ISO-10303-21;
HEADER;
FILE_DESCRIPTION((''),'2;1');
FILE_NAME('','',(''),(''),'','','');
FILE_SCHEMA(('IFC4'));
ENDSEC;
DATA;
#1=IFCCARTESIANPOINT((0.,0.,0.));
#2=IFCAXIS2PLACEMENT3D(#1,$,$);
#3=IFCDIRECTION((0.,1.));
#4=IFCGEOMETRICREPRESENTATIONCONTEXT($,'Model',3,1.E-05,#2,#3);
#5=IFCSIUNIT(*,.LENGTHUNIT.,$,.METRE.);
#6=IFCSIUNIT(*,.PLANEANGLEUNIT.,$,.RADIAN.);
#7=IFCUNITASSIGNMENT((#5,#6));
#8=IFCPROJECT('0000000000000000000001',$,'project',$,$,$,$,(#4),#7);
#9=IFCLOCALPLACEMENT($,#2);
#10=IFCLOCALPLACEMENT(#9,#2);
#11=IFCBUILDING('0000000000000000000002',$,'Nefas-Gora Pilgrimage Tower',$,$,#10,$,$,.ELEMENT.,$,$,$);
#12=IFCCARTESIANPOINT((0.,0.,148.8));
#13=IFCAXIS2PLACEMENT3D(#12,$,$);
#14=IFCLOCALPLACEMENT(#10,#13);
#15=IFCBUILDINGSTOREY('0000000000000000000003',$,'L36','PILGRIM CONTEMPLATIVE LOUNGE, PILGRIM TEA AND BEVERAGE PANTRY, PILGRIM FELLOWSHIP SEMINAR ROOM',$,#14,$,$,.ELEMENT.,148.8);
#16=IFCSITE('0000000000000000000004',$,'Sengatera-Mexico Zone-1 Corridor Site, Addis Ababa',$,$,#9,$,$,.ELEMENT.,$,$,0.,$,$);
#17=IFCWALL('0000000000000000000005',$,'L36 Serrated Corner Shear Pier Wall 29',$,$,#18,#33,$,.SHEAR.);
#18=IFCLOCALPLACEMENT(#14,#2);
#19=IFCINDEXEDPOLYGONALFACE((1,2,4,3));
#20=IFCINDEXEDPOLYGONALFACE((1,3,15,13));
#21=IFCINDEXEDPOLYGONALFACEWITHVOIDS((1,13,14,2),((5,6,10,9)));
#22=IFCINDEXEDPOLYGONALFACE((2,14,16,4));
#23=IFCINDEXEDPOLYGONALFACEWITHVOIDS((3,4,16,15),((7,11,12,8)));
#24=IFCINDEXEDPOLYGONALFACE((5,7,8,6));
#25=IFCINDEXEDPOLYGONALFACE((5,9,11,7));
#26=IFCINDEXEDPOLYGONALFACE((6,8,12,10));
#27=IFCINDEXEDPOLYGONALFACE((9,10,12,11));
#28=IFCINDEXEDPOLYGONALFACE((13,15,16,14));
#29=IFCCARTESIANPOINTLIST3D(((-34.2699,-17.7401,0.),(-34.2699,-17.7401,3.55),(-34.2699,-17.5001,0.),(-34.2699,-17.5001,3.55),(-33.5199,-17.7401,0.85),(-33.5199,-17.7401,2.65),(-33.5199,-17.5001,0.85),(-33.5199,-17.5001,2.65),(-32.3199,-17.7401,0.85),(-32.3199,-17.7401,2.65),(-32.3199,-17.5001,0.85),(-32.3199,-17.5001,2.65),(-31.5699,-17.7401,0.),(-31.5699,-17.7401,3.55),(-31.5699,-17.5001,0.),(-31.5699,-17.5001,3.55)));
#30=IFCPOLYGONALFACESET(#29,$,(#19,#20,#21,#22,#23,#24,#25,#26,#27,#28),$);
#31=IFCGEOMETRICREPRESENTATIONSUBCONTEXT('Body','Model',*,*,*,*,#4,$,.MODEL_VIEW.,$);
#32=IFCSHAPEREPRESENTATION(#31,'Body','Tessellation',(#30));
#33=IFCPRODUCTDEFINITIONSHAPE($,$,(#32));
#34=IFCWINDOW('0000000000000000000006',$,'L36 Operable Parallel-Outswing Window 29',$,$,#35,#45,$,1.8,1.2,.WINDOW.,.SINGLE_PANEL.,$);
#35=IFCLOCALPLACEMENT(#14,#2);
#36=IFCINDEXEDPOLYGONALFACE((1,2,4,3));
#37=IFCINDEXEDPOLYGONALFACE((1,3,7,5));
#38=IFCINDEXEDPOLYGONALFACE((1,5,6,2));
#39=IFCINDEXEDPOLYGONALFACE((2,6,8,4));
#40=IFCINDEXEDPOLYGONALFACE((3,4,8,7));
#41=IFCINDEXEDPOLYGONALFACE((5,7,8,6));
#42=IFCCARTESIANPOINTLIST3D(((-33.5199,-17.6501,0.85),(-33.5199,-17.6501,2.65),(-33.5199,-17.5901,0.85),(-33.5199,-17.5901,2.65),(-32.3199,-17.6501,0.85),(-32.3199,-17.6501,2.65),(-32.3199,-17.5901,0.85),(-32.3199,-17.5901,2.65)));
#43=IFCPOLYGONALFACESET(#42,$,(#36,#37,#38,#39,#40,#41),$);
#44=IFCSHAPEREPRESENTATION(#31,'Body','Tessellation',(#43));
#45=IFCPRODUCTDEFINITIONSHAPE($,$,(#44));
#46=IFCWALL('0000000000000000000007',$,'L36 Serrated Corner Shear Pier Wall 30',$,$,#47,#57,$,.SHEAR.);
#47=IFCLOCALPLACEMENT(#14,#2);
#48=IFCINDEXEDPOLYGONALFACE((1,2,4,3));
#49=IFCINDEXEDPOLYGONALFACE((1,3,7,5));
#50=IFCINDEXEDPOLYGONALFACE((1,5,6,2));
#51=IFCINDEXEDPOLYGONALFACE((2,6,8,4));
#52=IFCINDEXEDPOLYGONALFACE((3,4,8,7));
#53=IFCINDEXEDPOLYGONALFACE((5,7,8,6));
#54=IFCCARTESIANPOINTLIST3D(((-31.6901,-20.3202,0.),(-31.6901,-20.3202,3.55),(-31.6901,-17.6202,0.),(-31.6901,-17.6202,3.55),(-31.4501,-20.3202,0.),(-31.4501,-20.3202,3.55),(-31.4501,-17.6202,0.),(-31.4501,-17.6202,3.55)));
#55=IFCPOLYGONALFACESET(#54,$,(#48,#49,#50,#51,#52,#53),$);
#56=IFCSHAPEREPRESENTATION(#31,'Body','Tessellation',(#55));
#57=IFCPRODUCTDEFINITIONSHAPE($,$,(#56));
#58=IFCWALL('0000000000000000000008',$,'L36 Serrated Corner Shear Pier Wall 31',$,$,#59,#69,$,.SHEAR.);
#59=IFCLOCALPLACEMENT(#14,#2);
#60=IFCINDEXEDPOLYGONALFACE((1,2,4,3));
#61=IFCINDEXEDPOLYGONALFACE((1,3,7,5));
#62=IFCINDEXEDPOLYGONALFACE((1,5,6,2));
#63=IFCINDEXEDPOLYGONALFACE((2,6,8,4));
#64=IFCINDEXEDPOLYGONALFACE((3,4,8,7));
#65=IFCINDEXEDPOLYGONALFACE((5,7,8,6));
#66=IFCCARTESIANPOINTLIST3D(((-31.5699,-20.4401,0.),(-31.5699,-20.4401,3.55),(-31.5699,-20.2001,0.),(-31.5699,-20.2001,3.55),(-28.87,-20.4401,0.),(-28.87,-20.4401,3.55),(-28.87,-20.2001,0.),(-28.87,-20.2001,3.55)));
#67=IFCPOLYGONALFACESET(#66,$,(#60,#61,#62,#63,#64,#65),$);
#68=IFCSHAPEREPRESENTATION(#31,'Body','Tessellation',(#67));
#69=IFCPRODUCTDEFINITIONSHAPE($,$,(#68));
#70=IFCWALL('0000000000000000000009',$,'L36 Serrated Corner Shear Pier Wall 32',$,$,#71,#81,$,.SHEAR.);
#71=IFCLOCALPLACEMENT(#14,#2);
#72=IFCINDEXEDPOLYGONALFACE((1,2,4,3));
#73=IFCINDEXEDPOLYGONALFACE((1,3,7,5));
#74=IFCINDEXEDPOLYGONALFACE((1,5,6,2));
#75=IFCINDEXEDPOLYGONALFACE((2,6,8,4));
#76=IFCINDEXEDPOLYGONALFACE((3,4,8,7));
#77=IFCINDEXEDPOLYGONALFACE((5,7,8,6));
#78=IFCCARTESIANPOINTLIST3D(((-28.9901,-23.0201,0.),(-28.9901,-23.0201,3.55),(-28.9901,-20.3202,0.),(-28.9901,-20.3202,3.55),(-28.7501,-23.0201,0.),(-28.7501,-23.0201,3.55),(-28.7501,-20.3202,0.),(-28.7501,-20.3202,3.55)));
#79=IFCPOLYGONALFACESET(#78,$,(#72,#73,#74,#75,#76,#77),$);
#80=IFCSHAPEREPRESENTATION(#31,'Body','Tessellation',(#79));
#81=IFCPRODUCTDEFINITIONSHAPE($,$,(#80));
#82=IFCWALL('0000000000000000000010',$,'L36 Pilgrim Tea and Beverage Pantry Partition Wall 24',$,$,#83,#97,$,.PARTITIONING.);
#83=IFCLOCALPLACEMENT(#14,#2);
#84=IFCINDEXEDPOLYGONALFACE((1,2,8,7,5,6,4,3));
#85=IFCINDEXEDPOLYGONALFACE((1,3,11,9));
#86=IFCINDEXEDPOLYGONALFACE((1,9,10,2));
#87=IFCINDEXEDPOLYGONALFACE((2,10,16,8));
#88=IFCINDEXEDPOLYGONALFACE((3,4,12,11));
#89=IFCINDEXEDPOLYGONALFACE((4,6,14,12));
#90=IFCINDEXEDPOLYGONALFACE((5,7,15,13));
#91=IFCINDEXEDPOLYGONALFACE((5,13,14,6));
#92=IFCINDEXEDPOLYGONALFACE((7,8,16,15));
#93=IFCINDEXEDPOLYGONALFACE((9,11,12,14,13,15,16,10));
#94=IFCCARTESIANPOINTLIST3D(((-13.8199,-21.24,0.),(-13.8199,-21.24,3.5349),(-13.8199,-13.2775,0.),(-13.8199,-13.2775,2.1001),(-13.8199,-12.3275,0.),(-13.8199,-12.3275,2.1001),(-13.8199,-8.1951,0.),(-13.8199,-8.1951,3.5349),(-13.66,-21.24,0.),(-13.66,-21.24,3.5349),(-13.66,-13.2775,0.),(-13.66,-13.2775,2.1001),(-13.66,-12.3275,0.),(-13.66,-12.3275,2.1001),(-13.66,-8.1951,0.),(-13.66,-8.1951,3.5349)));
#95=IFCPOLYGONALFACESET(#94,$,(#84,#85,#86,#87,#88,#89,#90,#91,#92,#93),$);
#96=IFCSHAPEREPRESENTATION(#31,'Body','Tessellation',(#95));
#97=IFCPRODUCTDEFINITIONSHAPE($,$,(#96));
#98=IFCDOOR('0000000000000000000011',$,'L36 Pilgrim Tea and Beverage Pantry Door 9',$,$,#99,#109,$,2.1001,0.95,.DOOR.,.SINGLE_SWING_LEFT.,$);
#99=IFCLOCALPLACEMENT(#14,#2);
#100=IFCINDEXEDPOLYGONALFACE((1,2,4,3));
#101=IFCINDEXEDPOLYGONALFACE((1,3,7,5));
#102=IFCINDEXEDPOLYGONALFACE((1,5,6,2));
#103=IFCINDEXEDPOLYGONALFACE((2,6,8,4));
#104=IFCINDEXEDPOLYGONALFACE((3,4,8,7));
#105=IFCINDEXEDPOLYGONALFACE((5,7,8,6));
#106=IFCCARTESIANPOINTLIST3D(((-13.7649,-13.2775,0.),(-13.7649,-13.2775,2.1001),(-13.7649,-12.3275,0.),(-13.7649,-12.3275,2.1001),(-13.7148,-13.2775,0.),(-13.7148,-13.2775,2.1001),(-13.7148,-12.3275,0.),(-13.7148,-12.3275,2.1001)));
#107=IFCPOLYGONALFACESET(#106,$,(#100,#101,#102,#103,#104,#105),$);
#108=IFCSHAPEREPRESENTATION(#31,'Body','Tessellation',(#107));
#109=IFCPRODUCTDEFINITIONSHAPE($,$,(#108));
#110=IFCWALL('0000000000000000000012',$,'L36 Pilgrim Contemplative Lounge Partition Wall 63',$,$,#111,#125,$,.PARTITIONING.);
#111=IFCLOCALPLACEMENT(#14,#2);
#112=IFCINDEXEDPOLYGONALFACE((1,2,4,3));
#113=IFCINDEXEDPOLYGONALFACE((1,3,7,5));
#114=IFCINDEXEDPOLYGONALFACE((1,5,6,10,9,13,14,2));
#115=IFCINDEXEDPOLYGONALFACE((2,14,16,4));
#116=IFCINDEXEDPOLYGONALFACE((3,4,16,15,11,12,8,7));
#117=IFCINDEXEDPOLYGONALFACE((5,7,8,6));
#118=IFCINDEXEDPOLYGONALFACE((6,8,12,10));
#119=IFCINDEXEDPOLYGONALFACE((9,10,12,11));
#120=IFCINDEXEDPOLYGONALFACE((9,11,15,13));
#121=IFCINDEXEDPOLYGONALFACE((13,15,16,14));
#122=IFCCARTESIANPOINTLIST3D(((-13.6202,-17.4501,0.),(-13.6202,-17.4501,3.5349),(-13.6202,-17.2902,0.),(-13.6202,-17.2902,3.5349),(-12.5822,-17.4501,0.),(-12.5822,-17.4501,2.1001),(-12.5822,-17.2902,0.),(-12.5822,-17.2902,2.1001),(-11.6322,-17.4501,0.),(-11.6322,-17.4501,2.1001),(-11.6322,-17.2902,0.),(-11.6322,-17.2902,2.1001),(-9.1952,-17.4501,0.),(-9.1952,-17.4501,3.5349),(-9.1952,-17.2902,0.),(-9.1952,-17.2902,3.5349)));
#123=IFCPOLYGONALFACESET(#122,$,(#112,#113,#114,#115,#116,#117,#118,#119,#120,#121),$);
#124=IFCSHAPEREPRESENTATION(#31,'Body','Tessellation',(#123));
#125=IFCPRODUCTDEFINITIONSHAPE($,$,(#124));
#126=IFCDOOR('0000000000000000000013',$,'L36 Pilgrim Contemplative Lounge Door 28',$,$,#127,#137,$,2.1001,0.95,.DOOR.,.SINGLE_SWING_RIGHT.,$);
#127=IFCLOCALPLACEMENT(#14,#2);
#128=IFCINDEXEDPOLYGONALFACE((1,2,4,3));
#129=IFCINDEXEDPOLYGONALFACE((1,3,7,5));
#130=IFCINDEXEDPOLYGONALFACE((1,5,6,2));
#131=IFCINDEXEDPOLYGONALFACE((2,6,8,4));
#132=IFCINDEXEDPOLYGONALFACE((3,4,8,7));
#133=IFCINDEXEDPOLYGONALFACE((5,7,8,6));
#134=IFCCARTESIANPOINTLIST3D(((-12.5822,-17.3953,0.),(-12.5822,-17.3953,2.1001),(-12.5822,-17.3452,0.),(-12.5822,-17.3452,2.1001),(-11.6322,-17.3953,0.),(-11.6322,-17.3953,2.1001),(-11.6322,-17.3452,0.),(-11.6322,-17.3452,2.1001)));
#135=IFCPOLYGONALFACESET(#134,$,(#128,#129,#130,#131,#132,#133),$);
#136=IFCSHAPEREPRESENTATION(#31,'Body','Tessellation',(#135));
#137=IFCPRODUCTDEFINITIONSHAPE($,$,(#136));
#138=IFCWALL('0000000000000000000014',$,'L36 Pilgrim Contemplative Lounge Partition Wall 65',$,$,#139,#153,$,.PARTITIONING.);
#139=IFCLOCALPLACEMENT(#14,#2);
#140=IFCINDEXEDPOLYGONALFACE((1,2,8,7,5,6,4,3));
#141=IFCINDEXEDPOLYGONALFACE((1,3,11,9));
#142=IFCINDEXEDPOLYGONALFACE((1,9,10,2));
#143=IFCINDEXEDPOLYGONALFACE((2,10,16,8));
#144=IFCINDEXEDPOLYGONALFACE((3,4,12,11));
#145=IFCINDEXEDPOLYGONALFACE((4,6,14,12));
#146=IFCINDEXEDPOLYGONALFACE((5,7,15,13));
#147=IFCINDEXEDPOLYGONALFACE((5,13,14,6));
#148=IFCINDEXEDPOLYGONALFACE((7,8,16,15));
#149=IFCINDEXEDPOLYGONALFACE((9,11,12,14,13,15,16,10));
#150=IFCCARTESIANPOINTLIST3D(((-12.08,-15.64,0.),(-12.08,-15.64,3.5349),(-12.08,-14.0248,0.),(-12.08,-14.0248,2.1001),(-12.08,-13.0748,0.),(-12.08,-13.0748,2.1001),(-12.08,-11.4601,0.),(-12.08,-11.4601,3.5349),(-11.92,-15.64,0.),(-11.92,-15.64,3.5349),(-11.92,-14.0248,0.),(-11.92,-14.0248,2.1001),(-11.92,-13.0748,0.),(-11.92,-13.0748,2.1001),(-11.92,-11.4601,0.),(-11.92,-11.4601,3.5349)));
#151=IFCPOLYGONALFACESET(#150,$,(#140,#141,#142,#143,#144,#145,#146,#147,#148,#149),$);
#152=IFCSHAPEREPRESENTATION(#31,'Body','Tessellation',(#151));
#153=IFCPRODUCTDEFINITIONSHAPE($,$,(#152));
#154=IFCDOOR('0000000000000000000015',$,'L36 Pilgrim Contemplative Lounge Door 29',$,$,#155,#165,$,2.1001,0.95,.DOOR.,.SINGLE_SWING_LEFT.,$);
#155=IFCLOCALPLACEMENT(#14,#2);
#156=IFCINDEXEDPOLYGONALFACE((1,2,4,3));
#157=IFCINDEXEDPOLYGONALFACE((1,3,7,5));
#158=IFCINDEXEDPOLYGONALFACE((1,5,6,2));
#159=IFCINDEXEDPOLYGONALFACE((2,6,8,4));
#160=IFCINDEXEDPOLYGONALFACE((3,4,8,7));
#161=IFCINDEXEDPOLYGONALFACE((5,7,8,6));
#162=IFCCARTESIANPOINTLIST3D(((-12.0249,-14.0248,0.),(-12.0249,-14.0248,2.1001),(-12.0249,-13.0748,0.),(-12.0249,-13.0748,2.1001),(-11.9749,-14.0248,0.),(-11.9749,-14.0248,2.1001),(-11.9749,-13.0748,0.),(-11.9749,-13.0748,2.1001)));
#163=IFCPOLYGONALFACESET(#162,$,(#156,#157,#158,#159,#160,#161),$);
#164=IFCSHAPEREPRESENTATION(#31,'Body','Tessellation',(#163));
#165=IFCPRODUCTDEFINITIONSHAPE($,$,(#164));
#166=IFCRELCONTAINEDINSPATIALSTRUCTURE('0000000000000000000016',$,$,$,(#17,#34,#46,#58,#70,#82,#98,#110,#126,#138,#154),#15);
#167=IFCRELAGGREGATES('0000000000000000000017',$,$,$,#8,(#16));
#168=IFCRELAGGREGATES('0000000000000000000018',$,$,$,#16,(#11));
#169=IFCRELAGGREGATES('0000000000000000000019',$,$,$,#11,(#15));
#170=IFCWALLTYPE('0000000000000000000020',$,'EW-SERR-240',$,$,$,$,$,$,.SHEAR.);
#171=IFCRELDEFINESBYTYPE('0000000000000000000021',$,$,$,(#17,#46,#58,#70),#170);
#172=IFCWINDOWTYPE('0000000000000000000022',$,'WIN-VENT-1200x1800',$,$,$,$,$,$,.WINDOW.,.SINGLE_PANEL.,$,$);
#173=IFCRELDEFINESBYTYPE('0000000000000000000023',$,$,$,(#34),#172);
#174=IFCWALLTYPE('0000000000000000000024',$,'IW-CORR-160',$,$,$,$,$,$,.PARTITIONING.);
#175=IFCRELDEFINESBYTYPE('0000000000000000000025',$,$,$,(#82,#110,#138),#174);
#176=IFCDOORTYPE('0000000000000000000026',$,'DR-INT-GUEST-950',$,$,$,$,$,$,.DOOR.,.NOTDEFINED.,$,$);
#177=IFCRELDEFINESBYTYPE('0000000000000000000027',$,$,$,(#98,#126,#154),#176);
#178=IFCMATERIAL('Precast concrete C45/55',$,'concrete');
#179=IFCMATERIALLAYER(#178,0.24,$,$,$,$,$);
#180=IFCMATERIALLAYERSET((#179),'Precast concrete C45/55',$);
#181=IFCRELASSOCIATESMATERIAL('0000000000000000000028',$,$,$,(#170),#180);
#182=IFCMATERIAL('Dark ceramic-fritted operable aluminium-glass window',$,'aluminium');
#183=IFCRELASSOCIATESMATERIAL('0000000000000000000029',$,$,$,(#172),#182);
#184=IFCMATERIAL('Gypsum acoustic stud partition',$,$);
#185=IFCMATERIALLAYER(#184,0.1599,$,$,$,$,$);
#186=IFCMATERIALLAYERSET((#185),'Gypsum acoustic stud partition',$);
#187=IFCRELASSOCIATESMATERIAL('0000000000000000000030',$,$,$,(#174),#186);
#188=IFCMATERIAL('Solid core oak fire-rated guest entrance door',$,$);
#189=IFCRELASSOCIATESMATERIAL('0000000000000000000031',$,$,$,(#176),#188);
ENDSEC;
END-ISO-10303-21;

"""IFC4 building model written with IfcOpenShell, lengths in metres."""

from ifc_helpers import new_model, si_unit, direction, frame, frame_2d, origin, place, context, subcontext, project, spatial, rectangle, extrude, source, transform, mapped, material, layer, layer_set, type_object, element, fill, save


model = new_model("IFC4")

# Units and contexts
model_context = context("Model", 3, precision=1e-05, world=origin(), true_north=direction((0.0, 1.0)))
body_context = subcontext(model_context, "Body", "Model", "MODEL_VIEW")
ifc_project = project(units=[si_unit("LENGTHUNIT", "METRE"), si_unit("PLANEANGLEUNIT", "RADIAN")], contexts=[model_context])

# Site, building, storey
site_placement = place(None, origin())
site = spatial("IfcSite", under=ifc_project, at=site_placement, Name="Sengatera-Mexico Zone-1 Corridor Site, Addis Ababa", CompositionType="ELEMENT", RefElevation=0.0)
building_placement = place(site_placement, origin())
building = spatial("IfcBuilding", under=site, at=building_placement, Name="Nefas-Gora Pilgrimage Tower", CompositionType="ELEMENT")
storey_placement = place(building_placement, frame((0.0, 0.0, 148.8)))
storey = spatial("IfcBuildingStorey", under=building, at=storey_placement, Name="L36", Description="PILGRIM CONTEMPLATIVE LOUNGE, PILGRIM TEA AND BEVERAGE PANTRY, PILGRIM FELLOWSHIP SEMINAR ROOM", CompositionType="ELEMENT", Elevation=148.8)

# Wall, opening, window
ifc_material_1 = material(Name="Precast concrete C45/55", Category="concrete")
ifc_layer_1 = layer(ifc_material_1, 0.24)
ifc_layer_set_1 = layer_set([ifc_layer_1], Name="Precast concrete C45/55")
wall_type_1 = type_object("IfcWallType", Name="EW-SERR-240", PredefinedType="SHEAR", material=ifc_layer_set_1)
shared_shape_1 = source(origin(), body_context, "Body", "SweptSolid", [
    extrude(rectangle(XDim=2.7, YDim=0.24, at=frame_2d((1.3501, 0.0))), origin(), (0.0, 0.0, 1.0), 3.55),
])
wall_1_placement = place(storey_placement, frame((-34.27, -17.6201, 0.0), z_axis=(0.0, 0.0, 1.0), x_axis=(1.0, 0.0, 0.0)))
wall_1 = element("IfcWall", 1, at=wall_1_placement, inside=storey, type_object=wall_type_1, Name="L36 Serrated Corner Shear Pier Wall 29", PredefinedType="SHEAR", context=body_context, shape_type="MappedRepresentation", body=[
    mapped(shared_shape_1, transform((0.0, 0.0, 0.0), x_axis=(1.0, 0.0, 0.0), y_axis=(0.0, 1.0, 0.0), z_axis=(0.0, 0.0, 1.0), scale=1.0)),
])
opening_1_placement = place(wall_1_placement, frame((0.75, 0.0, 0.8501)))
opening_1 = element("IfcOpeningElement", 2, at=opening_1_placement, cuts=wall_1, PredefinedType="OPENING", context=body_context, shape_type="SweptSolid", body=[
    extrude(rectangle(XDim=1.2, YDim=1.8, at=frame_2d((0.6001, 0.8999))), frame((0.0, 0.1299, 0.0), z_axis=(0.0, -1.0, 0.0), x_axis=(1.0, 0.0, 0.0)), (0.0, 0.0, 1.0), 0.26),
])
ifc_material_2 = material(Name="Dark ceramic-fritted operable aluminium-glass window", Category="aluminium")
window_type = type_object("IfcWindowType", Name="WIN-VENT-1200x1800", PartitioningType="SINGLE_PANEL", PredefinedType="WINDOW", material=ifc_material_2)
shared_shape_2 = source(origin(), body_context, "Body", "SweptSolid", [
    extrude(rectangle(XDim=1.2, YDim=1.8, at=frame_2d((0.6001, 0.8999))), frame((0.0, 0.03, 0.0), z_axis=(0.0, -1.0, 0.0), x_axis=(1.0, 0.0, 0.0)), (0.0, 0.0, 1.0), 0.0601),
])
window_placement = place(opening_1_placement, origin())
window = element("IfcWindow", 3, at=window_placement, inside=storey, type_object=window_type, Name="L36 Operable Parallel-Outswing Window 29", OverallHeight=1.8, OverallWidth=1.2, PartitioningType="SINGLE_PANEL", PredefinedType="WINDOW", context=body_context, shape_type="MappedRepresentation", body=[
    mapped(shared_shape_2, transform((0.0, 0.0, 0.0), x_axis=(1.0, 0.0, 0.0), y_axis=(0.0, 1.0, 0.0), z_axis=(0.0, 0.0, 1.0), scale=1.0)),
])
fill(opening_1, window)

# Walls
for number, where, z_axis, x_axis, name in (
    (4, (-31.5701, -17.6201, 0.0), (0.0, 0.0, 1.0), (0.0, -1.0, 0.0), "L36 Serrated Corner Shear Pier Wall 30"),
    (5, (-31.5701, -20.3201, 0.0), (0.0, 0.0, 1.0), (1.0, 0.0, 0.0), "L36 Serrated Corner Shear Pier Wall 31"),
    (6, (-28.8701, -20.3201, 0.0), (0.0, 0.0, 1.0), (0.0, -1.0, 0.0), "L36 Serrated Corner Shear Pier Wall 32"),
):
    element("IfcWall", number, at=place(storey_placement, frame(where, z_axis=z_axis, x_axis=x_axis)), inside=storey, type_object=wall_type_1, Name=name, PredefinedType="SHEAR", context=body_context, shape_type="MappedRepresentation", body=[
        mapped(shared_shape_1, transform((0.0, 0.0, 0.0), x_axis=(1.0, 0.0, 0.0), y_axis=(0.0, 1.0, 0.0), z_axis=(0.0, 0.0, 1.0), scale=1.0)),
    ])

# Walls, openings, doors
ifc_material_3 = material(Name="Gypsum acoustic stud partition")
ifc_layer_2 = layer(ifc_material_3, 0.1599)
ifc_layer_set_2 = layer_set([ifc_layer_2], Name="Gypsum acoustic stud partition")
wall_type_2 = type_object("IfcWallType", Name="IW-CORR-160", PredefinedType="PARTITIONING", material=ifc_layer_set_2)
shared_shape_3 = source(origin(), body_context, "Body", "SweptSolid", [
    extrude(rectangle(XDim=13.0449, YDim=0.1599, at=frame_2d((6.5225, 0.0))), origin(), (0.0, 0.0, 1.0), 3.5349),
])
wall_2_placement = place(storey_placement, frame((-13.74, -21.24, 0.0), z_axis=(0.0, 0.0, 1.0), x_axis=(0.0, 1.0, 0.0)))
wall_2 = element("IfcWall", 7, at=wall_2_placement, inside=storey, type_object=wall_type_2, Name="L36 Pilgrim Tea and Beverage Pantry Partition Wall 24", PredefinedType="PARTITIONING", context=body_context, shape_type="MappedRepresentation", body=[
    mapped(shared_shape_3, transform((0.0, 0.0, 0.0), x_axis=(1.0, 0.0, 0.0), y_axis=(0.0, 1.0, 0.0), z_axis=(0.0, 0.0, 1.0), scale=1.0)),
])
opening_2_placement = place(wall_2_placement, frame((7.9624, 0.0, 0.0)))
opening_2 = element("IfcOpeningElement", 8, at=opening_2_placement, cuts=wall_2, PredefinedType="OPENING", context=body_context, shape_type="SweptSolid", body=[
    extrude(rectangle(XDim=0.95, YDim=2.1001, at=frame_2d((0.4751, 1.05))), frame((0.0, 0.0898, 0.0), z_axis=(0.0, -1.0, 0.0), x_axis=(1.0, 0.0, 0.0)), (0.0, 0.0, 1.0), 0.1799),
])
ifc_material_4 = material(Name="Solid core oak fire-rated guest entrance door")
door_type = type_object("IfcDoorType", Name="DR-INT-GUEST-950", OperationType="NOTDEFINED", PredefinedType="DOOR", material=ifc_material_4)
shared_shape_4 = source(origin(), body_context, "Body", "SweptSolid", [
    extrude(rectangle(XDim=0.95, YDim=2.1001, at=frame_2d((0.4751, 1.05))), frame((0.0, 0.0249, 0.0), z_axis=(0.0, -1.0, 0.0), x_axis=(1.0, 0.0, 0.0)), (0.0, 0.0, 1.0), 0.05),
])
door_1_placement = place(opening_2_placement, origin())
door_1 = element("IfcDoor", 9, at=door_1_placement, inside=storey, type_object=door_type, Name="L36 Pilgrim Tea and Beverage Pantry Door 9", OperationType="SINGLE_SWING_LEFT", OverallHeight=2.1001, OverallWidth=0.95, PredefinedType="DOOR", context=body_context, shape_type="MappedRepresentation", body=[
    mapped(shared_shape_4, transform((0.0, 0.0, 0.0), x_axis=(1.0, 0.0, 0.0), y_axis=(0.0, 1.0, 0.0), z_axis=(0.0, 0.0, 1.0), scale=1.0)),
])
fill(opening_2, door_1)
shared_shape_5 = source(origin(), body_context, "Body", "SweptSolid", [
    extrude(rectangle(XDim=4.425, YDim=0.1599, at=frame_2d((2.2124, 0.0))), origin(), (0.0, 0.0, 1.0), 3.5349),
])
wall_3_placement = place(storey_placement, frame((-13.6201, -17.3701, 0.0), z_axis=(0.0, 0.0, 1.0), x_axis=(1.0, 0.0, 0.0)))
wall_3 = element("IfcWall", 10, at=wall_3_placement, inside=storey, type_object=wall_type_2, Name="L36 Pilgrim Contemplative Lounge Partition Wall 63", PredefinedType="PARTITIONING", context=body_context, shape_type="MappedRepresentation", body=[
    mapped(shared_shape_5, transform((0.0, 0.0, 0.0), x_axis=(1.0, 0.0, 0.0), y_axis=(0.0, 1.0, 0.0), z_axis=(0.0, 0.0, 1.0), scale=1.0)),
])
opening_3_placement = place(wall_3_placement, frame((1.0378, 0.0, 0.0)))
opening_3 = element("IfcOpeningElement", 11, at=opening_3_placement, cuts=wall_3, PredefinedType="OPENING", context=body_context, shape_type="SweptSolid", body=[
    extrude(rectangle(XDim=0.95, YDim=2.1001, at=frame_2d((0.4751, 1.05))), frame((0.0, 0.0898, 0.0), z_axis=(0.0, -1.0, 0.0), x_axis=(1.0, 0.0, 0.0)), (0.0, 0.0, 1.0), 0.1799),
])
door_2_placement = place(opening_3_placement, origin())
door_2 = element("IfcDoor", 12, at=door_2_placement, inside=storey, type_object=door_type, Name="L36 Pilgrim Contemplative Lounge Door 28", OperationType="SINGLE_SWING_RIGHT", OverallHeight=2.1001, OverallWidth=0.95, PredefinedType="DOOR", context=body_context, shape_type="MappedRepresentation", body=[
    mapped(shared_shape_4, transform((0.0, 0.0, 0.0), x_axis=(1.0, 0.0, 0.0), y_axis=(0.0, 1.0, 0.0), z_axis=(0.0, 0.0, 1.0), scale=1.0)),
])
fill(opening_3, door_2)
shared_shape_6 = source(origin(), body_context, "Body", "SweptSolid", [
    extrude(rectangle(XDim=4.1799, YDim=0.1599, at=frame_2d((2.0898, 0.0))), origin(), (0.0, 0.0, 1.0), 3.5349),
])
wall_4_placement = place(storey_placement, frame((-12.0, -15.6399, 0.0), z_axis=(0.0, 0.0, 1.0), x_axis=(0.0, 1.0, 0.0)))
wall_4 = element("IfcWall", 13, at=wall_4_placement, inside=storey, type_object=wall_type_2, Name="L36 Pilgrim Contemplative Lounge Partition Wall 65", PredefinedType="PARTITIONING", context=body_context, shape_type="MappedRepresentation", body=[
    mapped(shared_shape_6, transform((0.0, 0.0, 0.0), x_axis=(1.0, 0.0, 0.0), y_axis=(0.0, 1.0, 0.0), z_axis=(0.0, 0.0, 1.0), scale=1.0)),
])
opening_4_placement = place(wall_4_placement, frame((1.615, 0.0, 0.0)))
opening_4 = element("IfcOpeningElement", 14, at=opening_4_placement, cuts=wall_4, PredefinedType="OPENING", context=body_context, shape_type="SweptSolid", body=[
    extrude(rectangle(XDim=0.95, YDim=2.1001, at=frame_2d((0.4751, 1.05))), frame((0.0, 0.0898, 0.0), z_axis=(0.0, -1.0, 0.0), x_axis=(1.0, 0.0, 0.0)), (0.0, 0.0, 1.0), 0.1799),
])
door_3_placement = place(opening_4_placement, origin())
door_3 = element("IfcDoor", 15, at=door_3_placement, inside=storey, type_object=door_type, Name="L36 Pilgrim Contemplative Lounge Door 29", OperationType="SINGLE_SWING_LEFT", OverallHeight=2.1001, OverallWidth=0.95, PredefinedType="DOOR", context=body_context, shape_type="MappedRepresentation", body=[
    mapped(shared_shape_4, transform((0.0, 0.0, 0.0), x_axis=(1.0, 0.0, 0.0), y_axis=(0.0, 1.0, 0.0), z_axis=(0.0, 0.0, 1.0), scale=1.0)),
])
fill(opening_4, door_3)

save(model, "model.ifc")
